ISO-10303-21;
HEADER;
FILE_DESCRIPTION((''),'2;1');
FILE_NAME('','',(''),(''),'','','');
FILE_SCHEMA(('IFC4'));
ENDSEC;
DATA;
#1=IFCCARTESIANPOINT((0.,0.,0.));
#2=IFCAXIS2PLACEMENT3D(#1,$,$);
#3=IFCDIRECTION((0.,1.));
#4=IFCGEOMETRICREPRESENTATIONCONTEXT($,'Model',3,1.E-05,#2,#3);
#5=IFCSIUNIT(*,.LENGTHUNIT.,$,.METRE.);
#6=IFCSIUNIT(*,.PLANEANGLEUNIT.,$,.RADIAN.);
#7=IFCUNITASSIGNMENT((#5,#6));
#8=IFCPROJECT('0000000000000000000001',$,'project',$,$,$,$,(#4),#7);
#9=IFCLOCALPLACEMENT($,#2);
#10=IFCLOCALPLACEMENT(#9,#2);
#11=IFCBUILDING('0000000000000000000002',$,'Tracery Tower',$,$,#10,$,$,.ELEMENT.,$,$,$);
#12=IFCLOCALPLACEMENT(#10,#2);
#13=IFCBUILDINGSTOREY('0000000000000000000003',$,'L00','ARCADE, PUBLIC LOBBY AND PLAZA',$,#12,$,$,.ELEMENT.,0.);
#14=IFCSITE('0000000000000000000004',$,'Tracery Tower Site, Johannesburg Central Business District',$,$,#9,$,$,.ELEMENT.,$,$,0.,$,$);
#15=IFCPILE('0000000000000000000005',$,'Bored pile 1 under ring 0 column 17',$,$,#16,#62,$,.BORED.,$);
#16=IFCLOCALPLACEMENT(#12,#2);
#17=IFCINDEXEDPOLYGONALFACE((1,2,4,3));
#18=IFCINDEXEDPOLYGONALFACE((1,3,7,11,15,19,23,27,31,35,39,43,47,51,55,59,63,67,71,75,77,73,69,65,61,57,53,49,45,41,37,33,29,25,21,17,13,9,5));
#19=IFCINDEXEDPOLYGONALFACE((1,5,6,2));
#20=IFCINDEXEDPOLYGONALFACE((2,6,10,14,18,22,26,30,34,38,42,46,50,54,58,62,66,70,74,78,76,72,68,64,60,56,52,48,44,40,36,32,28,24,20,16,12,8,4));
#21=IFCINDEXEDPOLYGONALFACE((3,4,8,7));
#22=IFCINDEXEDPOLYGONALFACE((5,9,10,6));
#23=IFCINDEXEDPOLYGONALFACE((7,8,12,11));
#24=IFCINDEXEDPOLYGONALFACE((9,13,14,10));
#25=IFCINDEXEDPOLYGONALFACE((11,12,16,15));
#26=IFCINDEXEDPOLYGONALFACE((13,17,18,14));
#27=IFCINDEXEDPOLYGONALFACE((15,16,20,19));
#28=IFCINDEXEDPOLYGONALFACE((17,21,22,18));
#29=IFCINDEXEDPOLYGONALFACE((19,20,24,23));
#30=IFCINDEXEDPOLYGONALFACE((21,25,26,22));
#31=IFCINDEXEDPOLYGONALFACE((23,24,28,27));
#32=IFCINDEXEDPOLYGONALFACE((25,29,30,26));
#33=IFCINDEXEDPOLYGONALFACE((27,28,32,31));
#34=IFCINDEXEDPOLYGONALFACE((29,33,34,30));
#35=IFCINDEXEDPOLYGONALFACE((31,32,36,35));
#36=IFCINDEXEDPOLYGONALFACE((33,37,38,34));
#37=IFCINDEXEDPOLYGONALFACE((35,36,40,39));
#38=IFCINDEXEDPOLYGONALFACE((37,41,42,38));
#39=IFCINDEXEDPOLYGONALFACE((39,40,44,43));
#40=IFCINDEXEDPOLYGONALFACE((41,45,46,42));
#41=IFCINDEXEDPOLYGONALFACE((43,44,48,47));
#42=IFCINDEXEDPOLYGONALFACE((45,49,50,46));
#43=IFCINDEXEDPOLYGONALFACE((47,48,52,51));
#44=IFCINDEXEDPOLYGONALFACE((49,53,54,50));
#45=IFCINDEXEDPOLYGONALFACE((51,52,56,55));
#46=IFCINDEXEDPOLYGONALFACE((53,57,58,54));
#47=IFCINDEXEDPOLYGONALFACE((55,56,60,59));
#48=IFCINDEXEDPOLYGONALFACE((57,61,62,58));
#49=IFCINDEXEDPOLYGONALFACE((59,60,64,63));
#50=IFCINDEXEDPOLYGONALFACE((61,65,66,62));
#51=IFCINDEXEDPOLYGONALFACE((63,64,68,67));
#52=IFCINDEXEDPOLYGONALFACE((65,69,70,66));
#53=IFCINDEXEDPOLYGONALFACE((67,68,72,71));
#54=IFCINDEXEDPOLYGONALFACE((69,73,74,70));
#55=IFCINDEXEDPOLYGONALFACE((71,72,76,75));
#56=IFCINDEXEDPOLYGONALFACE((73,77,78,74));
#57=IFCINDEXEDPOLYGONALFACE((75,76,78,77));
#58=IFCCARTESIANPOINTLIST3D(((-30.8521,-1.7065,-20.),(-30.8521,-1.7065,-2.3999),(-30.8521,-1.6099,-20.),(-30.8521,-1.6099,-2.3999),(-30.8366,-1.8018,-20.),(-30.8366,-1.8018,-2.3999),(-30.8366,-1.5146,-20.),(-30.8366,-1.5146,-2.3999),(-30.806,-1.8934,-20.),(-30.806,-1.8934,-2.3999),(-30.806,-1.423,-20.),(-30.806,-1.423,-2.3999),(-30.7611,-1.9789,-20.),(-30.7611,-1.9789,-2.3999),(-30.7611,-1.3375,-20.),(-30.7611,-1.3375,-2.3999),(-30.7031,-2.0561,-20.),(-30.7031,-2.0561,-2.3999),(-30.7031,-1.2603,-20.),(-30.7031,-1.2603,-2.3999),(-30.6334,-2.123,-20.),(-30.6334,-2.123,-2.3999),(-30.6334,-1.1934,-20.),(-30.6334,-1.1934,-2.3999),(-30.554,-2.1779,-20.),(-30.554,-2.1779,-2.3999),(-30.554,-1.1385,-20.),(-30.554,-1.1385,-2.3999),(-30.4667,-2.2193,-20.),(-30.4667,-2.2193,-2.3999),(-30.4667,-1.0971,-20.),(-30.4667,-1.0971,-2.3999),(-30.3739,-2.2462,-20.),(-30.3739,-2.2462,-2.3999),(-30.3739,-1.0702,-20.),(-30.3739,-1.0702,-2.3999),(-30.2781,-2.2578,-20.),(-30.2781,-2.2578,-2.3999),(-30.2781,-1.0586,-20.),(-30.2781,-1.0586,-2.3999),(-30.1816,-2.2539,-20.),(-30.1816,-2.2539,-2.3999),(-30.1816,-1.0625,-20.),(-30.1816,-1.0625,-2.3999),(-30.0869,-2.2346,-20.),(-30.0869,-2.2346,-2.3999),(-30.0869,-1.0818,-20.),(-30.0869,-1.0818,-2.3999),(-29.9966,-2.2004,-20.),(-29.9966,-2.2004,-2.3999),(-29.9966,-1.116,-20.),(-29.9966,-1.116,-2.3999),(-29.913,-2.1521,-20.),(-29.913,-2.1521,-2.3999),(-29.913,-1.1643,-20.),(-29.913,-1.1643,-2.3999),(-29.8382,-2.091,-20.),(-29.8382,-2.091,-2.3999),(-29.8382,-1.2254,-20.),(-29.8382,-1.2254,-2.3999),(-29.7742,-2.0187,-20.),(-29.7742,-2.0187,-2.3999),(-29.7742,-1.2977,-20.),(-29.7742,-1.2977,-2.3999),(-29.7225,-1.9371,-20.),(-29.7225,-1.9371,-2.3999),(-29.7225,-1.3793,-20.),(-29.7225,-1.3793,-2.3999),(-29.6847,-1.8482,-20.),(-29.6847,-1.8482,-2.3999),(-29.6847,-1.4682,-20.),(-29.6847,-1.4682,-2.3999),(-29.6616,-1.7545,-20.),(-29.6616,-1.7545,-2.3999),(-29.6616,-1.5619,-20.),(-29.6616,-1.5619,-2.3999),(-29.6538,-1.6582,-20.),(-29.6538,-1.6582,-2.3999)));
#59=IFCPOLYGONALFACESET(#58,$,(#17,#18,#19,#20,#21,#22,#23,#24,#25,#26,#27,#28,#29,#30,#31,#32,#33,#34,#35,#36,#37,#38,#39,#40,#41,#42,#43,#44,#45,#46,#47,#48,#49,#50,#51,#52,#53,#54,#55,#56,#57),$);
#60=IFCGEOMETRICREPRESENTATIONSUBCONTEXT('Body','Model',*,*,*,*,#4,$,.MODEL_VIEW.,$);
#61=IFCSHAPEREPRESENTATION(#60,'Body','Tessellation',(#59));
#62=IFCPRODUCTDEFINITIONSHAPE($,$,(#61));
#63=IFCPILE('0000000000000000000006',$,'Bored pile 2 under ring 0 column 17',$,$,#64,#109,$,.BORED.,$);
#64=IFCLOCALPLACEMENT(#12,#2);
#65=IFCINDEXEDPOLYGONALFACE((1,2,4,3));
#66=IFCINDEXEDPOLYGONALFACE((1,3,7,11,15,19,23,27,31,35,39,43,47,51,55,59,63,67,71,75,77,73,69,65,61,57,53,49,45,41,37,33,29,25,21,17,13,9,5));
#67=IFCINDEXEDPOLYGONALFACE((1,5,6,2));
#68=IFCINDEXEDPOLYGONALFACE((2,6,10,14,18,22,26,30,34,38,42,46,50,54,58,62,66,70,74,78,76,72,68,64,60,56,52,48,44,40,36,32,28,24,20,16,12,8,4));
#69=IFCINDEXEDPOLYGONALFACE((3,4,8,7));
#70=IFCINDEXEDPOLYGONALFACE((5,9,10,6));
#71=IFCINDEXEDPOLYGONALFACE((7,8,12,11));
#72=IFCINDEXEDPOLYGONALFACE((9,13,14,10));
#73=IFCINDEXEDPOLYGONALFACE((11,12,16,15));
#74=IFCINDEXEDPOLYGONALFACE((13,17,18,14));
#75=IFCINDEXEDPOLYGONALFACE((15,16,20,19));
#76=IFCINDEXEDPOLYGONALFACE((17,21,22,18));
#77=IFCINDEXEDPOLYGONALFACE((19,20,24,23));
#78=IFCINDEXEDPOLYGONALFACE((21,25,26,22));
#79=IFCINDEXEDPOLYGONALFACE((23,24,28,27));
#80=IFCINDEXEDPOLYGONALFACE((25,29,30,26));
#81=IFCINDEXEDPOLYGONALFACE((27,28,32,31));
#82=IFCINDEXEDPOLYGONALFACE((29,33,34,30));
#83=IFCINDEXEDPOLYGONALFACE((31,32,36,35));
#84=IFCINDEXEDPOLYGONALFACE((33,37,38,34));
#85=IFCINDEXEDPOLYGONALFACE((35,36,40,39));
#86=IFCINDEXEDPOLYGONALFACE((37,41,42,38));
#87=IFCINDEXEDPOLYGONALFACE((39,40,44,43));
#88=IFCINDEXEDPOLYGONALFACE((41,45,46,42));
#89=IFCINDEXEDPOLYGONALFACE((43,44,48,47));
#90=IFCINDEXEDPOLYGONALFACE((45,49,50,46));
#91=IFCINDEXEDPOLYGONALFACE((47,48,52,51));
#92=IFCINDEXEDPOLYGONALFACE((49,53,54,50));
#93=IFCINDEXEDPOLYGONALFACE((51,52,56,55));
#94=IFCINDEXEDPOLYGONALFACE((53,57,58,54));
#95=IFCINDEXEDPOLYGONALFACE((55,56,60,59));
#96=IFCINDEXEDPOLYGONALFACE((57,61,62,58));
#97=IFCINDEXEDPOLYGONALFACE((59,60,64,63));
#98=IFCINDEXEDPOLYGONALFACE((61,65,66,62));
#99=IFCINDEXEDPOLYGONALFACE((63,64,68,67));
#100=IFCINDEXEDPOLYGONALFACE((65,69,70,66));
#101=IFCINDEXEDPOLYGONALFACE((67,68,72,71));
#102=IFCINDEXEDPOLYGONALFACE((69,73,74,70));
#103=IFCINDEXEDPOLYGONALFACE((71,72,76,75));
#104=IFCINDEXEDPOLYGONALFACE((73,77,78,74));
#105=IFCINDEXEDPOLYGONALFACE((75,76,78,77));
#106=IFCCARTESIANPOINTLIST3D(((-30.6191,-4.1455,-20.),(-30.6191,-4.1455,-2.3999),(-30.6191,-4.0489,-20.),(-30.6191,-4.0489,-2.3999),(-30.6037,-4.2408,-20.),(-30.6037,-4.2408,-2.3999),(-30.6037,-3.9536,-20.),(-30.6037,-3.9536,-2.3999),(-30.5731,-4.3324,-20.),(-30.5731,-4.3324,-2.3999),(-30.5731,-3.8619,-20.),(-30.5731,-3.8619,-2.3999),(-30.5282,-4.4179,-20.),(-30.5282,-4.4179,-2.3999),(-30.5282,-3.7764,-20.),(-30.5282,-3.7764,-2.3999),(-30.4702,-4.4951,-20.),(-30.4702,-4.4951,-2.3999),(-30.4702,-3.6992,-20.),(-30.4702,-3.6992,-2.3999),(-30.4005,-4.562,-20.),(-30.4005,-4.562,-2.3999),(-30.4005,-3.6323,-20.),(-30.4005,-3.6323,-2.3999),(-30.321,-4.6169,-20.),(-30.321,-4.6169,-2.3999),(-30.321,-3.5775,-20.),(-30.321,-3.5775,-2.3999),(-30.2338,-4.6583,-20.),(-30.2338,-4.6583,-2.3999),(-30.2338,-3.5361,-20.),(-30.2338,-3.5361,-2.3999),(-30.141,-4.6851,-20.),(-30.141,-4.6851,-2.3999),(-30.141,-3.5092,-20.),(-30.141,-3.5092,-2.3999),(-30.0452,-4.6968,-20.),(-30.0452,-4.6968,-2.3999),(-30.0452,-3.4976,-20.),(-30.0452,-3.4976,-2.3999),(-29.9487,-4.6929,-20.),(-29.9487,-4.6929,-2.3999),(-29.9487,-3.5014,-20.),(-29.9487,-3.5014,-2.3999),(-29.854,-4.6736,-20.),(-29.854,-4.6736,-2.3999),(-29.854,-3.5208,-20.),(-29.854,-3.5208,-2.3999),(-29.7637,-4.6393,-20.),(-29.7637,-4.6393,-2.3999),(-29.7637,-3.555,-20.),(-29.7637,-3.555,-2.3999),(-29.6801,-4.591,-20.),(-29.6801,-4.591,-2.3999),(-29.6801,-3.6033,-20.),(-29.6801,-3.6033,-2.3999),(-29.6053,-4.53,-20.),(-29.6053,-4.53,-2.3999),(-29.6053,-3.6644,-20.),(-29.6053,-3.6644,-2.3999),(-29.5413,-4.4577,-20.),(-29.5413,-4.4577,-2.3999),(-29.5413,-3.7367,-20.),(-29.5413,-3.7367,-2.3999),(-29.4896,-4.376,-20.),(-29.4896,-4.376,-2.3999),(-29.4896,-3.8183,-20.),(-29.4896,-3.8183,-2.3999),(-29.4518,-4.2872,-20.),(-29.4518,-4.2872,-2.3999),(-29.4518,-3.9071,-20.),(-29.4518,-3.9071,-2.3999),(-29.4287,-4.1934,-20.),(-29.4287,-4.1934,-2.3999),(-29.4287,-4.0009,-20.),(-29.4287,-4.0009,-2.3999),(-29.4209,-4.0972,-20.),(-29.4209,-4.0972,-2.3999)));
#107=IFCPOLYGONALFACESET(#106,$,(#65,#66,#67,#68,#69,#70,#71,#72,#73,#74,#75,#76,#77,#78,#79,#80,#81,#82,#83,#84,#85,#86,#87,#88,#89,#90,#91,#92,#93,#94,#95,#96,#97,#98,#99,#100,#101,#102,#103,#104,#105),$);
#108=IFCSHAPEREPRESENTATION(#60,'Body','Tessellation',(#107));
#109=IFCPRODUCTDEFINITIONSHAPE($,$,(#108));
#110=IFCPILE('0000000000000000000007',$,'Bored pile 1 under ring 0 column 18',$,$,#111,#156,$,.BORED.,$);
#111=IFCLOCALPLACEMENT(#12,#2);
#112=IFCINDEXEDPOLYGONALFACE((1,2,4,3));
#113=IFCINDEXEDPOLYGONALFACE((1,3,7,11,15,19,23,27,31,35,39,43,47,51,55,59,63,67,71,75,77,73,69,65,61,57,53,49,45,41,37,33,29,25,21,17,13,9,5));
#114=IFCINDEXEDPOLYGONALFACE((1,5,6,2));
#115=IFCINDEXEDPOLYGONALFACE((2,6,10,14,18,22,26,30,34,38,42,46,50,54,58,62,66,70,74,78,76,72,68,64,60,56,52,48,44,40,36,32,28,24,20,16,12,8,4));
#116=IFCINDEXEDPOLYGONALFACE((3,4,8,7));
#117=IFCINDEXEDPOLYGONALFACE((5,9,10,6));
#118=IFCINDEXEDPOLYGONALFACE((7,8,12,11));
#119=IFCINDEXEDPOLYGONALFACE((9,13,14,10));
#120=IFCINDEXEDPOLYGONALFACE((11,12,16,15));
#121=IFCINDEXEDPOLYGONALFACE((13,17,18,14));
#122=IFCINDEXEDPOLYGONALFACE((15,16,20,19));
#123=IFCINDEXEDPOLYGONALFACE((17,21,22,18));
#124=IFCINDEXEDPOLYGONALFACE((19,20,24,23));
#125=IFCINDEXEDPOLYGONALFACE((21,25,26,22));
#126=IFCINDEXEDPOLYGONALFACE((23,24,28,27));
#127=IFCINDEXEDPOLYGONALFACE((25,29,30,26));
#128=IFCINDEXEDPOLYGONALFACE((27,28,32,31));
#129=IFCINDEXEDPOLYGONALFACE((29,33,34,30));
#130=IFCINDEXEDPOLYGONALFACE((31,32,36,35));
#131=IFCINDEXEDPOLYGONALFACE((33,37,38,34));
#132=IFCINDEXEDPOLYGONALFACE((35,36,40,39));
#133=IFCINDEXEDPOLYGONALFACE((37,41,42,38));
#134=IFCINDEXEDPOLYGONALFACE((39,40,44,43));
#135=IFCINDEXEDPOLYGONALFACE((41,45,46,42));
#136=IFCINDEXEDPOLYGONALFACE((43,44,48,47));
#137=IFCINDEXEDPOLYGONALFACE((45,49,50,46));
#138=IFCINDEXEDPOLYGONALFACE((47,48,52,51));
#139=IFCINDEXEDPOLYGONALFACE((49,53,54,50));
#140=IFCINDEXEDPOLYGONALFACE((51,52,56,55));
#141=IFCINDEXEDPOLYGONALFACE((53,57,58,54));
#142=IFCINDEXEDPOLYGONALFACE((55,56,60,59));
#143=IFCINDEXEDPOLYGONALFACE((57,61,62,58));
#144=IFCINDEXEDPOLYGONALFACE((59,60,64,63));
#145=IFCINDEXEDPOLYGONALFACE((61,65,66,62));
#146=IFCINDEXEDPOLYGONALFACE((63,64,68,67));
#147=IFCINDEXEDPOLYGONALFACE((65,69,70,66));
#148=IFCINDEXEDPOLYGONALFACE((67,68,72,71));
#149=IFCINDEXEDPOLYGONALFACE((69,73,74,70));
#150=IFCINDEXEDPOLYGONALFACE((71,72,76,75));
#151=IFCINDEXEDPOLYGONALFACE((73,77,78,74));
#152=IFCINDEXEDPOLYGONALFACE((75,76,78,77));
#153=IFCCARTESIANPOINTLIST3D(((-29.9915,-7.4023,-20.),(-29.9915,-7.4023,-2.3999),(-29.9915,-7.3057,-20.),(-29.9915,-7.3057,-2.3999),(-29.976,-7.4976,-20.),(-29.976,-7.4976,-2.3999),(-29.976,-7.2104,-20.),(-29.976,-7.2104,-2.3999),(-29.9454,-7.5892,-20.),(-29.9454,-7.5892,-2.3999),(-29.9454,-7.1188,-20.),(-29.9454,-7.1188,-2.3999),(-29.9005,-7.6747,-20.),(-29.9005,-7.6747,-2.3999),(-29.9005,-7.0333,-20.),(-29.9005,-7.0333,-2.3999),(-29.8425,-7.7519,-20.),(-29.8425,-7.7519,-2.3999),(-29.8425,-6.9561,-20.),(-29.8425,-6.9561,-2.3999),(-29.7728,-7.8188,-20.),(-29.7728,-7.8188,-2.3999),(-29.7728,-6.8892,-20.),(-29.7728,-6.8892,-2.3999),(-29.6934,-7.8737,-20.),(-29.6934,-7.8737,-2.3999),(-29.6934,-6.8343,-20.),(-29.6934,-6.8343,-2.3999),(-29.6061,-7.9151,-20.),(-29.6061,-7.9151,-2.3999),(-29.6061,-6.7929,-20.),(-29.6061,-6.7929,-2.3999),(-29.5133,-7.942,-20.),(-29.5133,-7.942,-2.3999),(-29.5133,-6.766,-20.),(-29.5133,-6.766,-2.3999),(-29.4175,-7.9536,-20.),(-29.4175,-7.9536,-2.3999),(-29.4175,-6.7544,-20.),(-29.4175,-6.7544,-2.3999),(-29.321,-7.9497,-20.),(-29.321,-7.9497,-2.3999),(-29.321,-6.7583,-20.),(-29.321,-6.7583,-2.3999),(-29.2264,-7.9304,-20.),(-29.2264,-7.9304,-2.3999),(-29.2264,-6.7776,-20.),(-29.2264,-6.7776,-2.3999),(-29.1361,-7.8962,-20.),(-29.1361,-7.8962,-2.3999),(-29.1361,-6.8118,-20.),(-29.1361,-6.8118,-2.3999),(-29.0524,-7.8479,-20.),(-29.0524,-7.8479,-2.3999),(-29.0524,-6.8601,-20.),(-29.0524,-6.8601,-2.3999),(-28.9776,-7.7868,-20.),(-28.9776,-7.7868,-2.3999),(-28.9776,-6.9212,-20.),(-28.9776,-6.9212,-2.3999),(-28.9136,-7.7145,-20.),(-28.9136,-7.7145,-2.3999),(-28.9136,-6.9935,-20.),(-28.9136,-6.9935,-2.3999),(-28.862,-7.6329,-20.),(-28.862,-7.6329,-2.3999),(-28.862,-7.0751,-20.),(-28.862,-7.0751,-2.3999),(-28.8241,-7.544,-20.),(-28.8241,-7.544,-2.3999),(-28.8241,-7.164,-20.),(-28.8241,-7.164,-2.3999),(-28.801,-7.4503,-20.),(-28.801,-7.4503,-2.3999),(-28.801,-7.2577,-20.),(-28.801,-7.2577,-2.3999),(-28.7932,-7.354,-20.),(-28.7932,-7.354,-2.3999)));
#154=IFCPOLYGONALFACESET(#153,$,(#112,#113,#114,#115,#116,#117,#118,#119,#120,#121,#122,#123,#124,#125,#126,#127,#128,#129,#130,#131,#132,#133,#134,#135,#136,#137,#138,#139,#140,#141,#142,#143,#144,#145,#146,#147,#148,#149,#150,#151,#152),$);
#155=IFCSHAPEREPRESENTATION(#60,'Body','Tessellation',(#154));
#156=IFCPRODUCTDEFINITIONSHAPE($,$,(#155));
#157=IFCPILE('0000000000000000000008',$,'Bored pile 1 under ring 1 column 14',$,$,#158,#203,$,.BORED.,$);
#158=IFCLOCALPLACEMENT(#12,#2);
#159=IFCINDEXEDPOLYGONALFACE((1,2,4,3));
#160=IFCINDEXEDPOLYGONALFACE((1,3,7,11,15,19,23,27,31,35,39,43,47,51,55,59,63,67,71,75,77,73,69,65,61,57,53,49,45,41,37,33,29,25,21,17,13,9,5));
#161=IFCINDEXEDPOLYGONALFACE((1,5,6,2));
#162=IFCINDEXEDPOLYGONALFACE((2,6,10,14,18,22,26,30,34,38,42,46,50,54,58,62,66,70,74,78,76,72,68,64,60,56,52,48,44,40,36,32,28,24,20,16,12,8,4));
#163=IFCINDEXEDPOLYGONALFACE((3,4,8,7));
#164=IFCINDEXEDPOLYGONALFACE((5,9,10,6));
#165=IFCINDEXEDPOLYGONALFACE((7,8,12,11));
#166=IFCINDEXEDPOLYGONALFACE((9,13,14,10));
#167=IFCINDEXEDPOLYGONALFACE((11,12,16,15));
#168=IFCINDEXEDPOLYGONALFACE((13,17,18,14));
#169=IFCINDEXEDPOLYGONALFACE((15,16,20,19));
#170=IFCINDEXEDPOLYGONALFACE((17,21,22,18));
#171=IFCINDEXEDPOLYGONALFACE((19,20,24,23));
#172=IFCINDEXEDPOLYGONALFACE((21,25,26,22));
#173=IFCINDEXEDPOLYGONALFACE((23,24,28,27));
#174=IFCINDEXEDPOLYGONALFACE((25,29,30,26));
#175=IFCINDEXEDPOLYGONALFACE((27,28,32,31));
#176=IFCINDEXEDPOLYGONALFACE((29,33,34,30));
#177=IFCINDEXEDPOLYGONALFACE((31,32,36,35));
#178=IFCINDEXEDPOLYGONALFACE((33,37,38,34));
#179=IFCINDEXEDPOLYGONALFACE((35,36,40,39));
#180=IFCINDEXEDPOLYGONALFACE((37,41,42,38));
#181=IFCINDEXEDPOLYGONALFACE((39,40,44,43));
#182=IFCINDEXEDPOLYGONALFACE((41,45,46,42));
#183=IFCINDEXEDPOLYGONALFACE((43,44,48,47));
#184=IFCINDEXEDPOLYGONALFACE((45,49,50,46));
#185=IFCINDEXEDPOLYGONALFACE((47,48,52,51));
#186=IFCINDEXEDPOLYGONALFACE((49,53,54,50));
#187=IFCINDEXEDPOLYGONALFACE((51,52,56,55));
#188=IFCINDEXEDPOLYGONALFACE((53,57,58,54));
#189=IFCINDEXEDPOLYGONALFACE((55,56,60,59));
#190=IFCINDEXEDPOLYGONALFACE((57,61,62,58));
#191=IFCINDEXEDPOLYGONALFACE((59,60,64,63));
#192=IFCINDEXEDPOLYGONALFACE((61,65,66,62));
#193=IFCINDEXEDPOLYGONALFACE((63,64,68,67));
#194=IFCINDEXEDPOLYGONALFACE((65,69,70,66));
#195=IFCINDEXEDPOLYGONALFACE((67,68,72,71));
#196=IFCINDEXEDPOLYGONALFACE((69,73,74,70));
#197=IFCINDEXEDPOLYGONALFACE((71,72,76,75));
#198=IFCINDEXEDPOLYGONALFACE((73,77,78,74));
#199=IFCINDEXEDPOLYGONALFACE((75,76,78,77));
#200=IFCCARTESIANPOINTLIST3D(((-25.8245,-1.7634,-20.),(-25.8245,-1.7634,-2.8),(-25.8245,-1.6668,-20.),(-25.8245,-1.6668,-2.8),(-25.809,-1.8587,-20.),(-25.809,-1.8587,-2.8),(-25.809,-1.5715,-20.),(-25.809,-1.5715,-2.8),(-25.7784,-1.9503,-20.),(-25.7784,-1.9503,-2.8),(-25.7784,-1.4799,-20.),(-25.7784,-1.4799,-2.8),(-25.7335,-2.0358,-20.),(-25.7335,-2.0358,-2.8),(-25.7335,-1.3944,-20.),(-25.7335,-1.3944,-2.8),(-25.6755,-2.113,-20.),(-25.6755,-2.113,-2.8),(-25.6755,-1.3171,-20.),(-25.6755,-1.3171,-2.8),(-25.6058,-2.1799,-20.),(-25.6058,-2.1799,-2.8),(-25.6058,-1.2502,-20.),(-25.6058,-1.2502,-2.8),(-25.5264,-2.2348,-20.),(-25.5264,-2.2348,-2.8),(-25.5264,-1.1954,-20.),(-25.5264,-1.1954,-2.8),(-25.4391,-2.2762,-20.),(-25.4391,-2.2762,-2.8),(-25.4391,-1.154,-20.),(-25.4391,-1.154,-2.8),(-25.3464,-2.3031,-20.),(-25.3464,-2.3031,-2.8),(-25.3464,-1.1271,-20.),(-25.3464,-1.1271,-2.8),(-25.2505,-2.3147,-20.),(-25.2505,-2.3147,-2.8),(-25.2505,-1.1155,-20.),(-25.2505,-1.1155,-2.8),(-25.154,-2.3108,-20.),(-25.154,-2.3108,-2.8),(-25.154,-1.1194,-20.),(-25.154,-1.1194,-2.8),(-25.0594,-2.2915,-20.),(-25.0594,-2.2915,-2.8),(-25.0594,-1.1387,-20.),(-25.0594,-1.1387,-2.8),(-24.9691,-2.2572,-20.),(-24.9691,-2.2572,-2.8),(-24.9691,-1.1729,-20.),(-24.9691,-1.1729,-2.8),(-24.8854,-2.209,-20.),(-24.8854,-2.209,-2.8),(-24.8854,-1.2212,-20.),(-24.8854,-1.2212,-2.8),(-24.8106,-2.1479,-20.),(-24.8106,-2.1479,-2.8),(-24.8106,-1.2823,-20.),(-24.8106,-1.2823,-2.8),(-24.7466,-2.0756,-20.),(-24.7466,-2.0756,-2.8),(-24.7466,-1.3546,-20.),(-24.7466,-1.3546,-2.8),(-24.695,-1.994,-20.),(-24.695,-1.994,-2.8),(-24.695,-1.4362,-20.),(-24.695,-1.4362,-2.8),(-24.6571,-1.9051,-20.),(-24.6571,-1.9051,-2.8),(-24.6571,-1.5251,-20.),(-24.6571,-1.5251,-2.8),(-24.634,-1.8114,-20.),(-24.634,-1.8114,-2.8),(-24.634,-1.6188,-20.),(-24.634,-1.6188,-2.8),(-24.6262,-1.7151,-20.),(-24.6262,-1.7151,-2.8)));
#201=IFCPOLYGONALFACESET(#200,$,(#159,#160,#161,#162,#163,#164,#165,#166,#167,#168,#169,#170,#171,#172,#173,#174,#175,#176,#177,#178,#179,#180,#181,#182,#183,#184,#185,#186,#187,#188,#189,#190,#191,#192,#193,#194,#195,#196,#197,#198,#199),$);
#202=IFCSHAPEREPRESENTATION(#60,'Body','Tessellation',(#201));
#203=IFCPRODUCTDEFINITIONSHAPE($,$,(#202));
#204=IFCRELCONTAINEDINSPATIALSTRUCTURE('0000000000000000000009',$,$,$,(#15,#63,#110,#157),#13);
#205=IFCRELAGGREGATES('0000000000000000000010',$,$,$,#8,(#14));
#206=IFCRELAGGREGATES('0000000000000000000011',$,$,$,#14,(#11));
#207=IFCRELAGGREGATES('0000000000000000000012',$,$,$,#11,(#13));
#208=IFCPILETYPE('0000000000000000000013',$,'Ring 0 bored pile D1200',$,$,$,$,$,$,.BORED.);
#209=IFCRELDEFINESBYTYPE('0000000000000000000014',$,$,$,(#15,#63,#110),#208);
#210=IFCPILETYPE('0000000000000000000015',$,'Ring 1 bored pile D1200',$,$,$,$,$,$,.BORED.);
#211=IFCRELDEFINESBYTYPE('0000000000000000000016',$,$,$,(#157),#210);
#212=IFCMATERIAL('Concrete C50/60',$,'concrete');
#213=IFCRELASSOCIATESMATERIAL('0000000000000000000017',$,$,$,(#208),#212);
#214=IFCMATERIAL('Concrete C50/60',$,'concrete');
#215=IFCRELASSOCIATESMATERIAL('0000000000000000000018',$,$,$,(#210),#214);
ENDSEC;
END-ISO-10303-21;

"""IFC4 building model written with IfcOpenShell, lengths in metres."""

from ifc_helpers import new_model, si_unit, direction, frame, origin, origin_2d, place, context, subcontext, project, spatial, circle, extrude, material, material_profile, profile_set, type_object, element, save


model = new_model("IFC4")

# Units and contexts
model_context = context("Model", 3, precision=1e-05, world=origin(), true_north=direction((0.0, 1.0)))
body_context = subcontext(model_context, "Body", "Model", "MODEL_VIEW")
ifc_project = project(units=[si_unit("LENGTHUNIT", "METRE"), si_unit("PLANEANGLEUNIT", "RADIAN")], contexts=[model_context])

# Site, building, storey
site_placement = place(None, origin())
site = spatial("IfcSite", under=ifc_project, at=site_placement, Name="Tracery Tower Site, Johannesburg Central Business District", CompositionType="ELEMENT", RefElevation=0.0)
building_placement = place(site_placement, origin())
building = spatial("IfcBuilding", under=site, at=building_placement, Name="Tracery Tower", CompositionType="ELEMENT")
storey_placement = place(building_placement, origin())
storey = spatial("IfcBuildingStorey", under=building, at=storey_placement, Name="L00", Description="ARCADE, PUBLIC LOBBY AND PLAZA", CompositionType="ELEMENT", Elevation=0.0)

# Piles
ifc_material_1 = material(Name="Concrete C50/60", Category="concrete")
ifc_material_profile_1 = material_profile(ifc_material_1, circle(Radius=0.6001, at=origin_2d()), Name="RC D1200")
ifc_profile_set_1 = profile_set([ifc_material_profile_1], Name="Concrete C50/60")
pile_type_1 = type_object("IfcPileType", Name="Ring 0 bored pile D1200", PredefinedType="BORED", material=ifc_profile_set_1)
for number, where, z_axis, x_axis, name in (
    (1, (-30.2539, -1.6582, -2.3999), (0.0, 0.0, -1.0), (1.0, 0.0, 0.0), "Bored pile 1 under ring 0 column 17"),
    (2, (-30.021, -4.0972, -2.3999), (0.0, 0.0, -1.0), (1.0, 0.0, 0.0), "Bored pile 2 under ring 0 column 17"),
    (3, (-29.3933, -7.354, -2.3999), (0.0, 0.0, -1.0), (1.0, 0.0, 0.0), "Bored pile 1 under ring 0 column 18"),
):
    element("IfcPile", number, at=place(storey_placement, frame(where, z_axis=z_axis, x_axis=x_axis)), inside=storey, type_object=pile_type_1, Name=name, PredefinedType="BORED", context=body_context, shape_type="SweptSolid", body=[
        extrude(circle(Radius=0.6001, at=origin_2d()), origin(), (0.0, 0.0, 1.0), 17.6001),
    ])
ifc_material_2 = material(Name="Concrete C50/60", Category="concrete")
ifc_material_profile_2 = material_profile(ifc_material_2, circle(Radius=0.6001, at=origin_2d()), Name="RC D1200")
ifc_profile_set_2 = profile_set([ifc_material_profile_2], Name="Concrete C50/60")
pile_type_2 = type_object("IfcPileType", Name="Ring 1 bored pile D1200", PredefinedType="BORED", material=ifc_profile_set_2)
for number, where, z_axis, x_axis, name in (
    (4, (-25.2263, -1.7151, -2.8), (0.0, 0.0, -1.0), (1.0, 0.0, 0.0), "Bored pile 1 under ring 1 column 14"),
):
    element("IfcPile", number, at=place(storey_placement, frame(where, z_axis=z_axis, x_axis=x_axis)), inside=storey, type_object=pile_type_2, Name=name, PredefinedType="BORED", context=body_context, shape_type="SweptSolid", body=[
        extrude(circle(Radius=0.6001, at=origin_2d()), origin(), (0.0, 0.0, 1.0), 17.2),
    ])

save(model, "model.ifc")
